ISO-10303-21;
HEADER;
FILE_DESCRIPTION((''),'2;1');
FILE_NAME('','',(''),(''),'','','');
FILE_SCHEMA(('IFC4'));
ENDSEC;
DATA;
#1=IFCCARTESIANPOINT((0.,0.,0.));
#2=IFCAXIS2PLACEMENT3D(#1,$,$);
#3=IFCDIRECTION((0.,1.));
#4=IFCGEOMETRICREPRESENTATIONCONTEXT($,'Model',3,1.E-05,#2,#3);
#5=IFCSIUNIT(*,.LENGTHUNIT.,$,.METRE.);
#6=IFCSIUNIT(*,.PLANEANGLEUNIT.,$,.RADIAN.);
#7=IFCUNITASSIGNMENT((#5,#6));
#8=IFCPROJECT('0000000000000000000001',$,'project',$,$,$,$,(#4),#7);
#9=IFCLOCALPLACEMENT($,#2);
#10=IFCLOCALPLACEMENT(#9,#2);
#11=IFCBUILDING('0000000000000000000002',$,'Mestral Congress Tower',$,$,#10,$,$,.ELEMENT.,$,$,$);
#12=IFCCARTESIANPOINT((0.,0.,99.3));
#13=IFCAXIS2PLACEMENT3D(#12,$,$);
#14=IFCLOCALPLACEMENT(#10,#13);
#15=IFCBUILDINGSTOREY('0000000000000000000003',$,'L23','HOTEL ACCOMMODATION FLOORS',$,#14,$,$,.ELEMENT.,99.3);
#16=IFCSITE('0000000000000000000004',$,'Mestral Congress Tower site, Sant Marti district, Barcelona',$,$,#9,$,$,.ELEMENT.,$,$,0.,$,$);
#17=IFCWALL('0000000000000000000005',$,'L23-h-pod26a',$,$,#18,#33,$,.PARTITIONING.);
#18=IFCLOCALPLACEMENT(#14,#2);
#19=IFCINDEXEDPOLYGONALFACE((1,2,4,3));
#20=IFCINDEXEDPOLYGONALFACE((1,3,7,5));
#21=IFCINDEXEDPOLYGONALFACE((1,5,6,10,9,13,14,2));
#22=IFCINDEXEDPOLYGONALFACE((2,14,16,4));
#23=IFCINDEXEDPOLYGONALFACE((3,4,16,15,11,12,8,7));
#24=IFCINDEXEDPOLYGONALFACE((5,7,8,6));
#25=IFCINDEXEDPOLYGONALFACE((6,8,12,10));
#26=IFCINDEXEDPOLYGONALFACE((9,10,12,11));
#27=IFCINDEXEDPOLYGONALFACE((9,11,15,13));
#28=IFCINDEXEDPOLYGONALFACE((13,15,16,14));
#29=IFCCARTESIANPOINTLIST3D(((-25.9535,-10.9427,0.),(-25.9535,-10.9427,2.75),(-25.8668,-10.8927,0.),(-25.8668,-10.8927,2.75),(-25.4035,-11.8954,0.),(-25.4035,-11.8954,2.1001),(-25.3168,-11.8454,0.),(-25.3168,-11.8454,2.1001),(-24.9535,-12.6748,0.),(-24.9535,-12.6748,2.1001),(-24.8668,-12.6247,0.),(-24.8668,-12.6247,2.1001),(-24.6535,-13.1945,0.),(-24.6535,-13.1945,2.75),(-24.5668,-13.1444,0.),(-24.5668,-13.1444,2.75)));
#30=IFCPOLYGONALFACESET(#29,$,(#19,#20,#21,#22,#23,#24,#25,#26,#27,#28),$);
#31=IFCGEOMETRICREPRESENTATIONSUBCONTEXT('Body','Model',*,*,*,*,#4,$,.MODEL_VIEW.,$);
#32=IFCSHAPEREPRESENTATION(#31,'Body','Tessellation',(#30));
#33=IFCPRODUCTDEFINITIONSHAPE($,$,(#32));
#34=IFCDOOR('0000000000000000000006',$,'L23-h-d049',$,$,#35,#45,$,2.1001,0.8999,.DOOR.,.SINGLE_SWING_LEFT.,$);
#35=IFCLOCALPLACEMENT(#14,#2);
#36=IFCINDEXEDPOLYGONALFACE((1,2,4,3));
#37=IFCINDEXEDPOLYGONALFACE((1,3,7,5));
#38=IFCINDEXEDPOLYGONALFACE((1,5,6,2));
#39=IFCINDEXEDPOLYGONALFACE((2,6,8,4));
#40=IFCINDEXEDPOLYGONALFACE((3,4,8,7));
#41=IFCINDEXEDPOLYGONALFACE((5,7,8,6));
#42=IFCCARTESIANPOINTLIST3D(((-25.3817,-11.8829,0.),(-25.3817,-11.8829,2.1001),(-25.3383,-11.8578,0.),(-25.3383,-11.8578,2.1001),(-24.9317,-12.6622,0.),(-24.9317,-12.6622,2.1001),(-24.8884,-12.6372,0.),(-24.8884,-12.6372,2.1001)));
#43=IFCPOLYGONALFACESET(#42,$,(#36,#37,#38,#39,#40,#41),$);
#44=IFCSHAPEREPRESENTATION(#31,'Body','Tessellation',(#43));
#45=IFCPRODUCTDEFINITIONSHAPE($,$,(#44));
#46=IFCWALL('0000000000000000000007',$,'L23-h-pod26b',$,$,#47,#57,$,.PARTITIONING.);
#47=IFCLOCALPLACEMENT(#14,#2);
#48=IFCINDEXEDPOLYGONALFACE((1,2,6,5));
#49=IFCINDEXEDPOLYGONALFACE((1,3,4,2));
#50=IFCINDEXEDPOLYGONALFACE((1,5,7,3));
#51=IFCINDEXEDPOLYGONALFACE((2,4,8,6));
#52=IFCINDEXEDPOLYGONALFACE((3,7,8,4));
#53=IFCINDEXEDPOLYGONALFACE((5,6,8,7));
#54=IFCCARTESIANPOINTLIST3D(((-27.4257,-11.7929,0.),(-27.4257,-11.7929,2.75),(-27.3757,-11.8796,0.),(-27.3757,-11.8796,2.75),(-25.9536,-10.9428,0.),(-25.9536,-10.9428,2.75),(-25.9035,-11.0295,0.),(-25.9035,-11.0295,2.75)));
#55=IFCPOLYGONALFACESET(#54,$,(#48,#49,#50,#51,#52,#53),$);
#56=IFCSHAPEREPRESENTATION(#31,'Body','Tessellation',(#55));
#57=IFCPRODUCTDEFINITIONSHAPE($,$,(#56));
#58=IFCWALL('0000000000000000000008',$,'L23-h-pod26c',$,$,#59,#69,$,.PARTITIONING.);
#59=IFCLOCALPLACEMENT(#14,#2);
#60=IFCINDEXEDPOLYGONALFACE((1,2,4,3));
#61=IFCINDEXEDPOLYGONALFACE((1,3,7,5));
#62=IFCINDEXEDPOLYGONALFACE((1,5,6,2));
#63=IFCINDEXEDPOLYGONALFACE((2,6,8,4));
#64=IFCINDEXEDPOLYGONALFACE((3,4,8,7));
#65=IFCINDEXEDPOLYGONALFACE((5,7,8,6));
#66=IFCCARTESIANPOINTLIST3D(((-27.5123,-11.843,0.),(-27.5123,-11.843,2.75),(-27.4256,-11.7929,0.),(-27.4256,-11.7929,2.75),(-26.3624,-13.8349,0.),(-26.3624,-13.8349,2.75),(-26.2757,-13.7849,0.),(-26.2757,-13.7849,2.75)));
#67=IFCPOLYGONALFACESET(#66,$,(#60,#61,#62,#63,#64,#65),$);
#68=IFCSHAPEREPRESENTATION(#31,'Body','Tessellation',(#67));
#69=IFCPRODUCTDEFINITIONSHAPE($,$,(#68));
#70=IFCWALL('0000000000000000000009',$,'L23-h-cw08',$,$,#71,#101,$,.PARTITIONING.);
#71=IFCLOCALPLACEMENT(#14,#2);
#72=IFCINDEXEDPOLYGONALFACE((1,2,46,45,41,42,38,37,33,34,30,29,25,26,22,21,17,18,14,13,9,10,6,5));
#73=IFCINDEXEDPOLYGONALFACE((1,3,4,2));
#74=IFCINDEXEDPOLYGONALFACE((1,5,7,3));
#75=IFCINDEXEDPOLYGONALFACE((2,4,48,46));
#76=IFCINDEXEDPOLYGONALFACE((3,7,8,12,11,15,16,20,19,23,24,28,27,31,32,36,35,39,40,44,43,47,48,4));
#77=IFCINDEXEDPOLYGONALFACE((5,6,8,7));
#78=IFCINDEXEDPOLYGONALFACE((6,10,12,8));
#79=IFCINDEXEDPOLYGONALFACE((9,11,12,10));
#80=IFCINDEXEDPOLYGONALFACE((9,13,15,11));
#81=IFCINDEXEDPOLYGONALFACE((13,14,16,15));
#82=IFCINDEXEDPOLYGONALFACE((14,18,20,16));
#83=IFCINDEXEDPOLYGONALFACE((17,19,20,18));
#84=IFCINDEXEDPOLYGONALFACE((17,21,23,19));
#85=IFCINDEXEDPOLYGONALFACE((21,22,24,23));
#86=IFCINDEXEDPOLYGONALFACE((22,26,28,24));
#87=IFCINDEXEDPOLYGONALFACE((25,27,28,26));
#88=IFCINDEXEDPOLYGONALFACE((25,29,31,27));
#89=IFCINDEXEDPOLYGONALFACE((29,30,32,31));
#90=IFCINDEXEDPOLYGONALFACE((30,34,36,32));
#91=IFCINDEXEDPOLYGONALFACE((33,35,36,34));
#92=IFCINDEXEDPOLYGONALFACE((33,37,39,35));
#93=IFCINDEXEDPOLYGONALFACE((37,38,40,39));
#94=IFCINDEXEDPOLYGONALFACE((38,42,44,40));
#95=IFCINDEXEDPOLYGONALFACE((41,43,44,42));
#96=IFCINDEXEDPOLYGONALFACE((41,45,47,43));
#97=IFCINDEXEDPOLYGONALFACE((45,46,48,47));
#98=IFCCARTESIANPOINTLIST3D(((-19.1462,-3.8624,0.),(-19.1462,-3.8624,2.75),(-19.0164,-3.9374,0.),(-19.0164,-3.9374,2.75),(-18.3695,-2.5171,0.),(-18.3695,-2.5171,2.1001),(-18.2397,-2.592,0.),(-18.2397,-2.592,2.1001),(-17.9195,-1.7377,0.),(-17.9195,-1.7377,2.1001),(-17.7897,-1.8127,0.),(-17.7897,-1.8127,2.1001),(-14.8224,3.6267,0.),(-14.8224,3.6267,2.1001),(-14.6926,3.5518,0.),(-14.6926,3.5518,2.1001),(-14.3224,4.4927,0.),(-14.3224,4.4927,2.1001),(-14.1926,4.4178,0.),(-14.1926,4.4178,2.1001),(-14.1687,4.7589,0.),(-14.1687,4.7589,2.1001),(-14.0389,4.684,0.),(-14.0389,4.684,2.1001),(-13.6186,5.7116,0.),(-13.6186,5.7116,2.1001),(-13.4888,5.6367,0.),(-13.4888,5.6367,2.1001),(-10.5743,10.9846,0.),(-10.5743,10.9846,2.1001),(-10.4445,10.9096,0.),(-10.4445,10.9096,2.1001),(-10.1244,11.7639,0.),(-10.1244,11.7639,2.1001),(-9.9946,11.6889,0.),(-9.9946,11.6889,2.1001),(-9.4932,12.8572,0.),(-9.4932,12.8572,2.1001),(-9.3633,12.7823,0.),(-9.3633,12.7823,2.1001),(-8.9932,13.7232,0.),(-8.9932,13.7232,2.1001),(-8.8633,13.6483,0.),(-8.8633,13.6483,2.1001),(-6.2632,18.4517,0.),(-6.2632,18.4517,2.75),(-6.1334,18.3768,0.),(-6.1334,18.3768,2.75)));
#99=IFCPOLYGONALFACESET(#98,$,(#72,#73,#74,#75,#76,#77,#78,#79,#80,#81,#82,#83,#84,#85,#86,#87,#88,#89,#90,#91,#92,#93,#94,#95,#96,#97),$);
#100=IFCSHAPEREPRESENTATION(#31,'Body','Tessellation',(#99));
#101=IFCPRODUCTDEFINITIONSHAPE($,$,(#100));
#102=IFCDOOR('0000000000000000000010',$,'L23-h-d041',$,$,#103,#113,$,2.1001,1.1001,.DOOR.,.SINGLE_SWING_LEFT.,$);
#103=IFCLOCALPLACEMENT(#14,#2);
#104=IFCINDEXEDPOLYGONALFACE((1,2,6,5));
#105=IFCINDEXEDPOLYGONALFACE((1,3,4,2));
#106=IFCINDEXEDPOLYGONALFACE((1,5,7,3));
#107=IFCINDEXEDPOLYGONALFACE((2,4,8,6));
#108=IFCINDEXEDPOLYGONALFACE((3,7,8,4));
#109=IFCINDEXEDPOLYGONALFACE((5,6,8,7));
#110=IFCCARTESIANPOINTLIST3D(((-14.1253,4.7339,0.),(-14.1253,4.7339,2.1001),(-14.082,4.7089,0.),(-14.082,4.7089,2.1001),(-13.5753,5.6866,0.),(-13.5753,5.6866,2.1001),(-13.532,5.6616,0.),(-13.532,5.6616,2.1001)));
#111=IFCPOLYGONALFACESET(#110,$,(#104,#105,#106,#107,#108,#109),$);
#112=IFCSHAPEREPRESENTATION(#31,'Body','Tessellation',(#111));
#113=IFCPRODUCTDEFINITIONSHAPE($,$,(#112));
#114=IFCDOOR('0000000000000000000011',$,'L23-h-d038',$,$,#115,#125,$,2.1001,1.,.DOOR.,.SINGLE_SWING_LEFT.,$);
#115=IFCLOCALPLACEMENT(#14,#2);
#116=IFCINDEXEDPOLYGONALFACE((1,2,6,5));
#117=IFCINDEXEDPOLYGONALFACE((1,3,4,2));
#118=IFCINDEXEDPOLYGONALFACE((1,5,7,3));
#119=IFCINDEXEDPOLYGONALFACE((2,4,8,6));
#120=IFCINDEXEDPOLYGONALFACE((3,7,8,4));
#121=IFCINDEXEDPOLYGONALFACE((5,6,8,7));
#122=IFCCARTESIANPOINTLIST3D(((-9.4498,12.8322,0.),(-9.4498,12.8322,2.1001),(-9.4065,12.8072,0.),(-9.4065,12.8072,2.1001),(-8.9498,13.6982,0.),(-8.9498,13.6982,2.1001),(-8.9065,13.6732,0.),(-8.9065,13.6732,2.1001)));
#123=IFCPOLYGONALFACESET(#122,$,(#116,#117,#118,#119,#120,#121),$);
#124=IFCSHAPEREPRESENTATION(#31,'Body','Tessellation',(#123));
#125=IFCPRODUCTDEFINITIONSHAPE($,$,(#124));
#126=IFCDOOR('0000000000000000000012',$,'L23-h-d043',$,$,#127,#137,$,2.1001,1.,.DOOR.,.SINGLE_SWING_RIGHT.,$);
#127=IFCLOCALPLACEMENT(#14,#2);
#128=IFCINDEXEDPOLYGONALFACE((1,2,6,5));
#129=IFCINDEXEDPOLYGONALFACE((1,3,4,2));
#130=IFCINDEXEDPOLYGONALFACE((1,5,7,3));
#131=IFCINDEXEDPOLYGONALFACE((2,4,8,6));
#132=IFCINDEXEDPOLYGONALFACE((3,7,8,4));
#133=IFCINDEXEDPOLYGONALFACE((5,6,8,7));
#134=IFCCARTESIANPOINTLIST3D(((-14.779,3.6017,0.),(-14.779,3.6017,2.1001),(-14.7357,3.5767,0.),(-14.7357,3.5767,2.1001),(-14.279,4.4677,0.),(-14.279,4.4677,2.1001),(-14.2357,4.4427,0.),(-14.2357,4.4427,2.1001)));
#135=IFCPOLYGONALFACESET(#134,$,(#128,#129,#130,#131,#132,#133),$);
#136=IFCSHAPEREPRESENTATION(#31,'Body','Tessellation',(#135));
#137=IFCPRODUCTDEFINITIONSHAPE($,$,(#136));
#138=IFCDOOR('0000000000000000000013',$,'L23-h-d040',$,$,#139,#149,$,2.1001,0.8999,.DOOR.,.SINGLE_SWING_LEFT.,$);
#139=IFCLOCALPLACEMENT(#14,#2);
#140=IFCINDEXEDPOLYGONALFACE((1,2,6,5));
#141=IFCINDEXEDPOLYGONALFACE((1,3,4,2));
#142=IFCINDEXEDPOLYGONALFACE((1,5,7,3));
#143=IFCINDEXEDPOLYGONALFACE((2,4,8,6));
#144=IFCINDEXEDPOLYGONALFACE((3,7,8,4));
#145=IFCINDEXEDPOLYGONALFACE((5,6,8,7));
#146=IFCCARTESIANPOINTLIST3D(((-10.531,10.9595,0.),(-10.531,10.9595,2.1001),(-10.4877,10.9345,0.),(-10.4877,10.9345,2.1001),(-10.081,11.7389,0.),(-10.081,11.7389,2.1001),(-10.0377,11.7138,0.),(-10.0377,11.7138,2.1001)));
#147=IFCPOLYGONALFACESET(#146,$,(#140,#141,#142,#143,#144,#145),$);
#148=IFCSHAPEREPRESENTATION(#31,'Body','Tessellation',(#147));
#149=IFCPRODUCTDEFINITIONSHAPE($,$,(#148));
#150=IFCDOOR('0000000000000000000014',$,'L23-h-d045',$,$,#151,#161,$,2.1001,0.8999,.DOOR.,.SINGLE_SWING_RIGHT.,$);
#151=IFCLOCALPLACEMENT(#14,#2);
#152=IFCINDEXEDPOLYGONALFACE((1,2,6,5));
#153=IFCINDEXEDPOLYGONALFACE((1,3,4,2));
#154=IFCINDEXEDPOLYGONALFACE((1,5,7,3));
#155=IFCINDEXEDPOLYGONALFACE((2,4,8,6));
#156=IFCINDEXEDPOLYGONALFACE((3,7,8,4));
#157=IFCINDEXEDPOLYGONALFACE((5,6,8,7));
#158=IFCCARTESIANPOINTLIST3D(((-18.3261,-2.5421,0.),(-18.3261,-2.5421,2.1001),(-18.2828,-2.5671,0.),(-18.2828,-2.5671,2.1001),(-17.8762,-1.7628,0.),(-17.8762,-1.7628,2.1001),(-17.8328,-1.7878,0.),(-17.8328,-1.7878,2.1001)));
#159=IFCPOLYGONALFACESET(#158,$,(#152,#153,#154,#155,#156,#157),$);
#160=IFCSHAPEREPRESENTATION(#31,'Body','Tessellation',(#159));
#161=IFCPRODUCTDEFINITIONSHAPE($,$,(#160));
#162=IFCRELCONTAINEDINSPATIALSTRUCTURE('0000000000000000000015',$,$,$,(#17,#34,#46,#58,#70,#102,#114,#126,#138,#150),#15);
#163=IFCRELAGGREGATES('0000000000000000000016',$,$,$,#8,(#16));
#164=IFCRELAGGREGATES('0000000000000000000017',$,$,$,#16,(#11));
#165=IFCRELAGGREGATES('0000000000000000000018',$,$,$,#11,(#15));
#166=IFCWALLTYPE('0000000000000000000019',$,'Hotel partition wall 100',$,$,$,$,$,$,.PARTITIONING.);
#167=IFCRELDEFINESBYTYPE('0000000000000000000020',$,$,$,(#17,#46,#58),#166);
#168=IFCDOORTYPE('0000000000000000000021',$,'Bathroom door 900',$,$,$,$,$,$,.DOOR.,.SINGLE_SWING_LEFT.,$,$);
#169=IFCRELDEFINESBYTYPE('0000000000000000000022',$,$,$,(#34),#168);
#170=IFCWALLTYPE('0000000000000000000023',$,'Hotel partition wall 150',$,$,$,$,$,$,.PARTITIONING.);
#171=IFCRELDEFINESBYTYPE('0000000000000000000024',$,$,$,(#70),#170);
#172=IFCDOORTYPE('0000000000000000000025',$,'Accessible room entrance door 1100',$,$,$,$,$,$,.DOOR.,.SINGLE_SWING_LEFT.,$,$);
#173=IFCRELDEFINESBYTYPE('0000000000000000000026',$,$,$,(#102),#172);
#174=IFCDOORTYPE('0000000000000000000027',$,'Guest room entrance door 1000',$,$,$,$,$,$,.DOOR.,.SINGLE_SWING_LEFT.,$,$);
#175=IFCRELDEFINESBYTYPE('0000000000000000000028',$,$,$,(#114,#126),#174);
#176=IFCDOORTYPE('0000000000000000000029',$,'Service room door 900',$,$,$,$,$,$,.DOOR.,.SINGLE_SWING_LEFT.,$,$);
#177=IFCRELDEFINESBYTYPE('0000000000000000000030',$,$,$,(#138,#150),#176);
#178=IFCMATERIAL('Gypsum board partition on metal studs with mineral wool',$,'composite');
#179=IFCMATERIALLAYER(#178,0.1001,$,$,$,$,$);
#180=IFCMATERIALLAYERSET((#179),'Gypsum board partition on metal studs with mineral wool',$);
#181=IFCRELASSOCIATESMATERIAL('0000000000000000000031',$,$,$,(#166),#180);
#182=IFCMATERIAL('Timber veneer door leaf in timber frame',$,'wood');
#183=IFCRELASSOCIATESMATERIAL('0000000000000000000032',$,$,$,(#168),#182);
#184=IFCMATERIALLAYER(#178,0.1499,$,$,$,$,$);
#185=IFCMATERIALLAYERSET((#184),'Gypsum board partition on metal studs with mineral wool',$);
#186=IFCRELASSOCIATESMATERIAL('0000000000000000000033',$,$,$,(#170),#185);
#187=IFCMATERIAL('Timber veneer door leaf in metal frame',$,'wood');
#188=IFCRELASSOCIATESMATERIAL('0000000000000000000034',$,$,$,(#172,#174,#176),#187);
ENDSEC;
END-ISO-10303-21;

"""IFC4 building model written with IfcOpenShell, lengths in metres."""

from ifc_helpers import new_model, si_unit, direction, frame, frame_2d, origin, place, context, subcontext, project, spatial, rectangle, extrude, material, layer, layer_set, type_object, element, fill, save


model = new_model("IFC4")

# Units and contexts
model_context = context("Model", 3, precision=1e-05, world=origin(), true_north=direction((0.0, 1.0)))
body_context = subcontext(model_context, "Body", "Model", "MODEL_VIEW")
ifc_project = project(units=[si_unit("LENGTHUNIT", "METRE"), si_unit("PLANEANGLEUNIT", "RADIAN")], contexts=[model_context])

# Site, building, storey
site_placement = place(None, origin())
site = spatial("IfcSite", under=ifc_project, at=site_placement, Name="Mestral Congress Tower site, Sant Marti district, Barcelona", CompositionType="ELEMENT", RefElevation=0.0)
building_placement = place(site_placement, origin())
building = spatial("IfcBuilding", under=site, at=building_placement, Name="Mestral Congress Tower", CompositionType="ELEMENT")
storey_placement = place(building_placement, frame((0.0, 0.0, 99.3)))
storey = spatial("IfcBuildingStorey", under=building, at=storey_placement, Name="L23", Description="HOTEL ACCOMMODATION FLOORS", CompositionType="ELEMENT", Elevation=99.3)

# Shared definitions
ifc_material_1 = material(Name="Gypsum board partition on metal studs with mineral wool", Category="composite")
ifc_layer_1 = layer(ifc_material_1, 0.1001)
ifc_layer_set_1 = layer_set([ifc_layer_1], Name="Gypsum board partition on metal studs with mineral wool")
wall_type_1 = type_object("IfcWallType", Name="Hotel partition wall 100", PredefinedType="PARTITIONING", material=ifc_layer_set_1)
ifc_material_2 = material(Name="Timber veneer door leaf in timber frame", Category="wood")
door_type_1 = type_object("IfcDoorType", Name="Bathroom door 900", OperationType="SINGLE_SWING_LEFT", PredefinedType="DOOR", material=ifc_material_2)

# Wall, opening, door
wall_1_placement = place(storey_placement, frame((-24.6101, -13.1694, 0.0), z_axis=(0.0, 0.0, 1.0), x_axis=(-0.500007, 0.866021, 0.0)))
wall_1 = element("IfcWall", 1, at=wall_1_placement, inside=storey, type_object=wall_type_1, Name="L23-h-pod26a", PredefinedType="PARTITIONING", context=body_context, shape_type="SweptSolid", body=[
    extrude(rectangle(XDim=2.6001, YDim=0.1001, at=frame_2d((1.3, 0.0))), origin(), (0.0, 0.0, 1.0), 2.75),
])
opening_1_placement = place(wall_1_placement, frame((0.6001, 0.0, 0.0)))
opening_1 = element("IfcOpeningElement", 2, at=opening_1_placement, cuts=wall_1, PredefinedType="OPENING", context=body_context, shape_type="SweptSolid", body=[
    extrude(rectangle(XDim=0.8999, YDim=2.1001, at=frame_2d((0.45, 1.05))), frame((0.0, 0.0601, 0.0), z_axis=(0.0, -1.0, 0.0), x_axis=(1.0, 0.0, 0.0)), (0.0, 0.0, 1.0), 0.1201),
])
door_1_placement = place(opening_1_placement, origin())
door_1 = element("IfcDoor", 3, at=door_1_placement, inside=storey, type_object=door_type_1, Name="L23-h-d049", OperationType="SINGLE_SWING_LEFT", OverallHeight=2.1001, OverallWidth=0.8999, PredefinedType="DOOR", context=body_context, shape_type="SweptSolid", body=[
    extrude(rectangle(XDim=0.8999, YDim=2.1001, at=frame_2d((0.45, 1.05))), frame((0.0, 0.0249, 0.0), z_axis=(0.0, -1.0, 0.0), x_axis=(1.0, 0.0, 0.0)), (0.0, 0.0, 1.0), 0.05),
])
fill(opening_1, door_1)

# Walls
wall_2_placement = place(storey_placement, frame((-25.9285, -10.9861, 0.0), z_axis=(0.0, 0.0, 1.0), x_axis=(-0.865989, -0.500062, 0.0)))
element("IfcWall", 4, at=wall_2_placement, inside=storey, type_object=wall_type_1, Name="L23-h-pod26b", PredefinedType="PARTITIONING", context=body_context, shape_type="SweptSolid", body=[
    extrude(rectangle(XDim=1.7, YDim=0.1001, at=frame_2d((0.8501, 0.0))), origin(), (0.0, 0.0, 1.0), 2.75),
])
wall_3_placement = place(storey_placement, frame((-26.3191, -13.8098, 0.0), z_axis=(0.0, 0.0, 1.0), x_axis=(-0.499952, 0.866053, 0.0)))
element("IfcWall", 5, at=wall_3_placement, inside=storey, type_object=wall_type_1, Name="L23-h-pod26c", PredefinedType="PARTITIONING", context=body_context, shape_type="SweptSolid", body=[
    extrude(rectangle(XDim=2.3, YDim=0.1001, at=frame_2d((1.1499, 0.0))), origin(), (0.0, 0.0, 1.0), 2.75),
])

# Wall, openings, doors
ifc_layer_2 = layer(ifc_material_1, 0.1499)
ifc_layer_set_2 = layer_set([ifc_layer_2], Name="Gypsum board partition on metal studs with mineral wool")
wall_type_2 = type_object("IfcWallType", Name="Hotel partition wall 150", PredefinedType="PARTITIONING", material=ifc_layer_set_2)
wall_4_placement = place(storey_placement, frame((-19.0813, -3.8999, 0.0), z_axis=(0.0, 0.0, 1.0), x_axis=(0.499998, 0.866026, 0.0)))
wall_4 = element("IfcWall", 6, at=wall_4_placement, inside=storey, type_object=wall_type_2, Name="L23-h-cw08", PredefinedType="PARTITIONING", context=body_context, shape_type="SweptSolid", body=[
    extrude(rectangle(XDim=25.7661, YDim=0.1499, at=frame_2d((12.8831, 0.0))), origin(), (0.0, 0.0, 1.0), 2.75),
])
opening_2_placement = place(wall_4_placement, frame((19.3062, 0.0, 0.0)))
opening_2 = element("IfcOpeningElement", 7, at=opening_2_placement, cuts=wall_4, PredefinedType="OPENING", context=body_context, shape_type="SweptSolid", body=[
    extrude(rectangle(XDim=1.0, YDim=2.1001, at=frame_2d((0.5, 1.05))), frame((0.0, 0.085, 0.0), z_axis=(0.0, -1.0, 0.0), x_axis=(1.0, 0.0, 0.0)), (0.0, 0.0, 1.0), 0.1699),
])
opening_3_placement = place(wall_4_placement, frame((17.1438, 0.0, 0.0)))
opening_3 = element("IfcOpeningElement", 8, at=opening_3_placement, cuts=wall_4, PredefinedType="OPENING", context=body_context, shape_type="SweptSolid", body=[
    extrude(rectangle(XDim=0.8999, YDim=2.1001, at=frame_2d((0.45, 1.05))), frame((0.0, 0.085, 0.0), z_axis=(0.0, -1.0, 0.0), x_axis=(1.0, 0.0, 0.0)), (0.0, 0.0, 1.0), 0.1699),
])
opening_4_placement = place(wall_4_placement, frame((9.9551, 0.0, 0.0)))
opening_4 = element("IfcOpeningElement", 9, at=opening_4_placement, cuts=wall_4, PredefinedType="OPENING", context=body_context, shape_type="SweptSolid", body=[
    extrude(rectangle(XDim=1.1001, YDim=2.1001, at=frame_2d((0.55, 1.05))), frame((0.0, 0.085, 0.0), z_axis=(0.0, -1.0, 0.0), x_axis=(1.0, 0.0, 0.0)), (0.0, 0.0, 1.0), 0.1699),
])
opening_5_placement = place(wall_4_placement, frame((8.6477, 0.0, 0.0)))
opening_5 = element("IfcOpeningElement", 10, at=opening_5_placement, cuts=wall_4, PredefinedType="OPENING", context=body_context, shape_type="SweptSolid", body=[
    extrude(rectangle(XDim=1.0, YDim=2.1001, at=frame_2d((0.5, 1.05))), frame((0.0, 0.085, 0.0), z_axis=(0.0, -1.0, 0.0), x_axis=(1.0, 0.0, 0.0)), (0.0, 0.0, 1.0), 0.1699),
])
opening_6_placement = place(wall_4_placement, frame((1.5535, 0.0, 0.0)))
opening_6 = element("IfcOpeningElement", 11, at=opening_6_placement, cuts=wall_4, PredefinedType="OPENING", context=body_context, shape_type="SweptSolid", body=[
    extrude(rectangle(XDim=0.8999, YDim=2.1001, at=frame_2d((0.45, 1.05))), frame((0.0, 0.085, 0.0), z_axis=(0.0, -1.0, 0.0), x_axis=(1.0, 0.0, 0.0)), (0.0, 0.0, 1.0), 0.1699),
])
ifc_material_3 = material(Name="Timber veneer door leaf in metal frame", Category="wood")
door_type_2 = type_object("IfcDoorType", Name="Accessible room entrance door 1100", OperationType="SINGLE_SWING_LEFT", PredefinedType="DOOR", material=ifc_material_3)
door_2_placement = place(opening_4_placement, origin())
door_2 = element("IfcDoor", 12, at=door_2_placement, inside=storey, type_object=door_type_2, Name="L23-h-d041", OperationType="SINGLE_SWING_LEFT", OverallHeight=2.1001, OverallWidth=1.1001, PredefinedType="DOOR", context=body_context, shape_type="SweptSolid", body=[
    extrude(rectangle(XDim=1.1001, YDim=2.1001, at=frame_2d((0.55, 1.05))), frame((0.0, 0.0249, 0.0), z_axis=(0.0, -1.0, 0.0), x_axis=(1.0, 0.0, 0.0)), (0.0, 0.0, 1.0), 0.05),
])
fill(opening_4, door_2)
door_type_3 = type_object("IfcDoorType", Name="Guest room entrance door 1000", OperationType="SINGLE_SWING_LEFT", PredefinedType="DOOR", material=ifc_material_3)
door_3_placement = place(opening_2_placement, origin())
door_3 = element("IfcDoor", 13, at=door_3_placement, inside=storey, type_object=door_type_3, Name="L23-h-d038", OperationType="SINGLE_SWING_LEFT", OverallHeight=2.1001, OverallWidth=1.0, PredefinedType="DOOR", context=body_context, shape_type="SweptSolid", body=[
    extrude(rectangle(XDim=1.0, YDim=2.1001, at=frame_2d((0.5, 1.05))), frame((0.0, 0.0249, 0.0), z_axis=(0.0, -1.0, 0.0), x_axis=(1.0, 0.0, 0.0)), (0.0, 0.0, 1.0), 0.05),
])
fill(opening_2, door_3)
door_4_placement = place(opening_5_placement, origin())
door_4 = element("IfcDoor", 14, at=door_4_placement, inside=storey, type_object=door_type_3, Name="L23-h-d043", OperationType="SINGLE_SWING_RIGHT", OverallHeight=2.1001, OverallWidth=1.0, PredefinedType="DOOR", context=body_context, shape_type="SweptSolid", body=[
    extrude(rectangle(XDim=1.0, YDim=2.1001, at=frame_2d((0.5, 1.05))), frame((0.0, 0.0249, 0.0), z_axis=(0.0, -1.0, 0.0), x_axis=(1.0, 0.0, 0.0)), (0.0, 0.0, 1.0), 0.05),
])
fill(opening_5, door_4)
door_type_4 = type_object("IfcDoorType", Name="Service room door 900", OperationType="SINGLE_SWING_LEFT", PredefinedType="DOOR", material=ifc_material_3)
door_5_placement = place(opening_3_placement, origin())
door_5 = element("IfcDoor", 15, at=door_5_placement, inside=storey, type_object=door_type_4, Name="L23-h-d040", OperationType="SINGLE_SWING_LEFT", OverallHeight=2.1001, OverallWidth=0.8999, PredefinedType="DOOR", context=body_context, shape_type="SweptSolid", body=[
    extrude(rectangle(XDim=0.8999, YDim=2.1001, at=frame_2d((0.45, 1.05))), frame((0.0, 0.0249, 0.0), z_axis=(0.0, -1.0, 0.0), x_axis=(1.0, 0.0, 0.0)), (0.0, 0.0, 1.0), 0.05),
])
fill(opening_3, door_5)
door_6_placement = place(opening_6_placement, origin())
door_6 = element("IfcDoor", 16, at=door_6_placement, inside=storey, type_object=door_type_4, Name="L23-h-d045", OperationType="SINGLE_SWING_RIGHT", OverallHeight=2.1001, OverallWidth=0.8999, PredefinedType="DOOR", context=body_context, shape_type="SweptSolid", body=[
    extrude(rectangle(XDim=0.8999, YDim=2.1001, at=frame_2d((0.45, 1.05))), frame((0.0, 0.0249, 0.0), z_axis=(0.0, -1.0, 0.0), x_axis=(1.0, 0.0, 0.0)), (0.0, 0.0, 1.0), 0.05),
])
fill(opening_6, door_6)

save(model, "model.ifc")
